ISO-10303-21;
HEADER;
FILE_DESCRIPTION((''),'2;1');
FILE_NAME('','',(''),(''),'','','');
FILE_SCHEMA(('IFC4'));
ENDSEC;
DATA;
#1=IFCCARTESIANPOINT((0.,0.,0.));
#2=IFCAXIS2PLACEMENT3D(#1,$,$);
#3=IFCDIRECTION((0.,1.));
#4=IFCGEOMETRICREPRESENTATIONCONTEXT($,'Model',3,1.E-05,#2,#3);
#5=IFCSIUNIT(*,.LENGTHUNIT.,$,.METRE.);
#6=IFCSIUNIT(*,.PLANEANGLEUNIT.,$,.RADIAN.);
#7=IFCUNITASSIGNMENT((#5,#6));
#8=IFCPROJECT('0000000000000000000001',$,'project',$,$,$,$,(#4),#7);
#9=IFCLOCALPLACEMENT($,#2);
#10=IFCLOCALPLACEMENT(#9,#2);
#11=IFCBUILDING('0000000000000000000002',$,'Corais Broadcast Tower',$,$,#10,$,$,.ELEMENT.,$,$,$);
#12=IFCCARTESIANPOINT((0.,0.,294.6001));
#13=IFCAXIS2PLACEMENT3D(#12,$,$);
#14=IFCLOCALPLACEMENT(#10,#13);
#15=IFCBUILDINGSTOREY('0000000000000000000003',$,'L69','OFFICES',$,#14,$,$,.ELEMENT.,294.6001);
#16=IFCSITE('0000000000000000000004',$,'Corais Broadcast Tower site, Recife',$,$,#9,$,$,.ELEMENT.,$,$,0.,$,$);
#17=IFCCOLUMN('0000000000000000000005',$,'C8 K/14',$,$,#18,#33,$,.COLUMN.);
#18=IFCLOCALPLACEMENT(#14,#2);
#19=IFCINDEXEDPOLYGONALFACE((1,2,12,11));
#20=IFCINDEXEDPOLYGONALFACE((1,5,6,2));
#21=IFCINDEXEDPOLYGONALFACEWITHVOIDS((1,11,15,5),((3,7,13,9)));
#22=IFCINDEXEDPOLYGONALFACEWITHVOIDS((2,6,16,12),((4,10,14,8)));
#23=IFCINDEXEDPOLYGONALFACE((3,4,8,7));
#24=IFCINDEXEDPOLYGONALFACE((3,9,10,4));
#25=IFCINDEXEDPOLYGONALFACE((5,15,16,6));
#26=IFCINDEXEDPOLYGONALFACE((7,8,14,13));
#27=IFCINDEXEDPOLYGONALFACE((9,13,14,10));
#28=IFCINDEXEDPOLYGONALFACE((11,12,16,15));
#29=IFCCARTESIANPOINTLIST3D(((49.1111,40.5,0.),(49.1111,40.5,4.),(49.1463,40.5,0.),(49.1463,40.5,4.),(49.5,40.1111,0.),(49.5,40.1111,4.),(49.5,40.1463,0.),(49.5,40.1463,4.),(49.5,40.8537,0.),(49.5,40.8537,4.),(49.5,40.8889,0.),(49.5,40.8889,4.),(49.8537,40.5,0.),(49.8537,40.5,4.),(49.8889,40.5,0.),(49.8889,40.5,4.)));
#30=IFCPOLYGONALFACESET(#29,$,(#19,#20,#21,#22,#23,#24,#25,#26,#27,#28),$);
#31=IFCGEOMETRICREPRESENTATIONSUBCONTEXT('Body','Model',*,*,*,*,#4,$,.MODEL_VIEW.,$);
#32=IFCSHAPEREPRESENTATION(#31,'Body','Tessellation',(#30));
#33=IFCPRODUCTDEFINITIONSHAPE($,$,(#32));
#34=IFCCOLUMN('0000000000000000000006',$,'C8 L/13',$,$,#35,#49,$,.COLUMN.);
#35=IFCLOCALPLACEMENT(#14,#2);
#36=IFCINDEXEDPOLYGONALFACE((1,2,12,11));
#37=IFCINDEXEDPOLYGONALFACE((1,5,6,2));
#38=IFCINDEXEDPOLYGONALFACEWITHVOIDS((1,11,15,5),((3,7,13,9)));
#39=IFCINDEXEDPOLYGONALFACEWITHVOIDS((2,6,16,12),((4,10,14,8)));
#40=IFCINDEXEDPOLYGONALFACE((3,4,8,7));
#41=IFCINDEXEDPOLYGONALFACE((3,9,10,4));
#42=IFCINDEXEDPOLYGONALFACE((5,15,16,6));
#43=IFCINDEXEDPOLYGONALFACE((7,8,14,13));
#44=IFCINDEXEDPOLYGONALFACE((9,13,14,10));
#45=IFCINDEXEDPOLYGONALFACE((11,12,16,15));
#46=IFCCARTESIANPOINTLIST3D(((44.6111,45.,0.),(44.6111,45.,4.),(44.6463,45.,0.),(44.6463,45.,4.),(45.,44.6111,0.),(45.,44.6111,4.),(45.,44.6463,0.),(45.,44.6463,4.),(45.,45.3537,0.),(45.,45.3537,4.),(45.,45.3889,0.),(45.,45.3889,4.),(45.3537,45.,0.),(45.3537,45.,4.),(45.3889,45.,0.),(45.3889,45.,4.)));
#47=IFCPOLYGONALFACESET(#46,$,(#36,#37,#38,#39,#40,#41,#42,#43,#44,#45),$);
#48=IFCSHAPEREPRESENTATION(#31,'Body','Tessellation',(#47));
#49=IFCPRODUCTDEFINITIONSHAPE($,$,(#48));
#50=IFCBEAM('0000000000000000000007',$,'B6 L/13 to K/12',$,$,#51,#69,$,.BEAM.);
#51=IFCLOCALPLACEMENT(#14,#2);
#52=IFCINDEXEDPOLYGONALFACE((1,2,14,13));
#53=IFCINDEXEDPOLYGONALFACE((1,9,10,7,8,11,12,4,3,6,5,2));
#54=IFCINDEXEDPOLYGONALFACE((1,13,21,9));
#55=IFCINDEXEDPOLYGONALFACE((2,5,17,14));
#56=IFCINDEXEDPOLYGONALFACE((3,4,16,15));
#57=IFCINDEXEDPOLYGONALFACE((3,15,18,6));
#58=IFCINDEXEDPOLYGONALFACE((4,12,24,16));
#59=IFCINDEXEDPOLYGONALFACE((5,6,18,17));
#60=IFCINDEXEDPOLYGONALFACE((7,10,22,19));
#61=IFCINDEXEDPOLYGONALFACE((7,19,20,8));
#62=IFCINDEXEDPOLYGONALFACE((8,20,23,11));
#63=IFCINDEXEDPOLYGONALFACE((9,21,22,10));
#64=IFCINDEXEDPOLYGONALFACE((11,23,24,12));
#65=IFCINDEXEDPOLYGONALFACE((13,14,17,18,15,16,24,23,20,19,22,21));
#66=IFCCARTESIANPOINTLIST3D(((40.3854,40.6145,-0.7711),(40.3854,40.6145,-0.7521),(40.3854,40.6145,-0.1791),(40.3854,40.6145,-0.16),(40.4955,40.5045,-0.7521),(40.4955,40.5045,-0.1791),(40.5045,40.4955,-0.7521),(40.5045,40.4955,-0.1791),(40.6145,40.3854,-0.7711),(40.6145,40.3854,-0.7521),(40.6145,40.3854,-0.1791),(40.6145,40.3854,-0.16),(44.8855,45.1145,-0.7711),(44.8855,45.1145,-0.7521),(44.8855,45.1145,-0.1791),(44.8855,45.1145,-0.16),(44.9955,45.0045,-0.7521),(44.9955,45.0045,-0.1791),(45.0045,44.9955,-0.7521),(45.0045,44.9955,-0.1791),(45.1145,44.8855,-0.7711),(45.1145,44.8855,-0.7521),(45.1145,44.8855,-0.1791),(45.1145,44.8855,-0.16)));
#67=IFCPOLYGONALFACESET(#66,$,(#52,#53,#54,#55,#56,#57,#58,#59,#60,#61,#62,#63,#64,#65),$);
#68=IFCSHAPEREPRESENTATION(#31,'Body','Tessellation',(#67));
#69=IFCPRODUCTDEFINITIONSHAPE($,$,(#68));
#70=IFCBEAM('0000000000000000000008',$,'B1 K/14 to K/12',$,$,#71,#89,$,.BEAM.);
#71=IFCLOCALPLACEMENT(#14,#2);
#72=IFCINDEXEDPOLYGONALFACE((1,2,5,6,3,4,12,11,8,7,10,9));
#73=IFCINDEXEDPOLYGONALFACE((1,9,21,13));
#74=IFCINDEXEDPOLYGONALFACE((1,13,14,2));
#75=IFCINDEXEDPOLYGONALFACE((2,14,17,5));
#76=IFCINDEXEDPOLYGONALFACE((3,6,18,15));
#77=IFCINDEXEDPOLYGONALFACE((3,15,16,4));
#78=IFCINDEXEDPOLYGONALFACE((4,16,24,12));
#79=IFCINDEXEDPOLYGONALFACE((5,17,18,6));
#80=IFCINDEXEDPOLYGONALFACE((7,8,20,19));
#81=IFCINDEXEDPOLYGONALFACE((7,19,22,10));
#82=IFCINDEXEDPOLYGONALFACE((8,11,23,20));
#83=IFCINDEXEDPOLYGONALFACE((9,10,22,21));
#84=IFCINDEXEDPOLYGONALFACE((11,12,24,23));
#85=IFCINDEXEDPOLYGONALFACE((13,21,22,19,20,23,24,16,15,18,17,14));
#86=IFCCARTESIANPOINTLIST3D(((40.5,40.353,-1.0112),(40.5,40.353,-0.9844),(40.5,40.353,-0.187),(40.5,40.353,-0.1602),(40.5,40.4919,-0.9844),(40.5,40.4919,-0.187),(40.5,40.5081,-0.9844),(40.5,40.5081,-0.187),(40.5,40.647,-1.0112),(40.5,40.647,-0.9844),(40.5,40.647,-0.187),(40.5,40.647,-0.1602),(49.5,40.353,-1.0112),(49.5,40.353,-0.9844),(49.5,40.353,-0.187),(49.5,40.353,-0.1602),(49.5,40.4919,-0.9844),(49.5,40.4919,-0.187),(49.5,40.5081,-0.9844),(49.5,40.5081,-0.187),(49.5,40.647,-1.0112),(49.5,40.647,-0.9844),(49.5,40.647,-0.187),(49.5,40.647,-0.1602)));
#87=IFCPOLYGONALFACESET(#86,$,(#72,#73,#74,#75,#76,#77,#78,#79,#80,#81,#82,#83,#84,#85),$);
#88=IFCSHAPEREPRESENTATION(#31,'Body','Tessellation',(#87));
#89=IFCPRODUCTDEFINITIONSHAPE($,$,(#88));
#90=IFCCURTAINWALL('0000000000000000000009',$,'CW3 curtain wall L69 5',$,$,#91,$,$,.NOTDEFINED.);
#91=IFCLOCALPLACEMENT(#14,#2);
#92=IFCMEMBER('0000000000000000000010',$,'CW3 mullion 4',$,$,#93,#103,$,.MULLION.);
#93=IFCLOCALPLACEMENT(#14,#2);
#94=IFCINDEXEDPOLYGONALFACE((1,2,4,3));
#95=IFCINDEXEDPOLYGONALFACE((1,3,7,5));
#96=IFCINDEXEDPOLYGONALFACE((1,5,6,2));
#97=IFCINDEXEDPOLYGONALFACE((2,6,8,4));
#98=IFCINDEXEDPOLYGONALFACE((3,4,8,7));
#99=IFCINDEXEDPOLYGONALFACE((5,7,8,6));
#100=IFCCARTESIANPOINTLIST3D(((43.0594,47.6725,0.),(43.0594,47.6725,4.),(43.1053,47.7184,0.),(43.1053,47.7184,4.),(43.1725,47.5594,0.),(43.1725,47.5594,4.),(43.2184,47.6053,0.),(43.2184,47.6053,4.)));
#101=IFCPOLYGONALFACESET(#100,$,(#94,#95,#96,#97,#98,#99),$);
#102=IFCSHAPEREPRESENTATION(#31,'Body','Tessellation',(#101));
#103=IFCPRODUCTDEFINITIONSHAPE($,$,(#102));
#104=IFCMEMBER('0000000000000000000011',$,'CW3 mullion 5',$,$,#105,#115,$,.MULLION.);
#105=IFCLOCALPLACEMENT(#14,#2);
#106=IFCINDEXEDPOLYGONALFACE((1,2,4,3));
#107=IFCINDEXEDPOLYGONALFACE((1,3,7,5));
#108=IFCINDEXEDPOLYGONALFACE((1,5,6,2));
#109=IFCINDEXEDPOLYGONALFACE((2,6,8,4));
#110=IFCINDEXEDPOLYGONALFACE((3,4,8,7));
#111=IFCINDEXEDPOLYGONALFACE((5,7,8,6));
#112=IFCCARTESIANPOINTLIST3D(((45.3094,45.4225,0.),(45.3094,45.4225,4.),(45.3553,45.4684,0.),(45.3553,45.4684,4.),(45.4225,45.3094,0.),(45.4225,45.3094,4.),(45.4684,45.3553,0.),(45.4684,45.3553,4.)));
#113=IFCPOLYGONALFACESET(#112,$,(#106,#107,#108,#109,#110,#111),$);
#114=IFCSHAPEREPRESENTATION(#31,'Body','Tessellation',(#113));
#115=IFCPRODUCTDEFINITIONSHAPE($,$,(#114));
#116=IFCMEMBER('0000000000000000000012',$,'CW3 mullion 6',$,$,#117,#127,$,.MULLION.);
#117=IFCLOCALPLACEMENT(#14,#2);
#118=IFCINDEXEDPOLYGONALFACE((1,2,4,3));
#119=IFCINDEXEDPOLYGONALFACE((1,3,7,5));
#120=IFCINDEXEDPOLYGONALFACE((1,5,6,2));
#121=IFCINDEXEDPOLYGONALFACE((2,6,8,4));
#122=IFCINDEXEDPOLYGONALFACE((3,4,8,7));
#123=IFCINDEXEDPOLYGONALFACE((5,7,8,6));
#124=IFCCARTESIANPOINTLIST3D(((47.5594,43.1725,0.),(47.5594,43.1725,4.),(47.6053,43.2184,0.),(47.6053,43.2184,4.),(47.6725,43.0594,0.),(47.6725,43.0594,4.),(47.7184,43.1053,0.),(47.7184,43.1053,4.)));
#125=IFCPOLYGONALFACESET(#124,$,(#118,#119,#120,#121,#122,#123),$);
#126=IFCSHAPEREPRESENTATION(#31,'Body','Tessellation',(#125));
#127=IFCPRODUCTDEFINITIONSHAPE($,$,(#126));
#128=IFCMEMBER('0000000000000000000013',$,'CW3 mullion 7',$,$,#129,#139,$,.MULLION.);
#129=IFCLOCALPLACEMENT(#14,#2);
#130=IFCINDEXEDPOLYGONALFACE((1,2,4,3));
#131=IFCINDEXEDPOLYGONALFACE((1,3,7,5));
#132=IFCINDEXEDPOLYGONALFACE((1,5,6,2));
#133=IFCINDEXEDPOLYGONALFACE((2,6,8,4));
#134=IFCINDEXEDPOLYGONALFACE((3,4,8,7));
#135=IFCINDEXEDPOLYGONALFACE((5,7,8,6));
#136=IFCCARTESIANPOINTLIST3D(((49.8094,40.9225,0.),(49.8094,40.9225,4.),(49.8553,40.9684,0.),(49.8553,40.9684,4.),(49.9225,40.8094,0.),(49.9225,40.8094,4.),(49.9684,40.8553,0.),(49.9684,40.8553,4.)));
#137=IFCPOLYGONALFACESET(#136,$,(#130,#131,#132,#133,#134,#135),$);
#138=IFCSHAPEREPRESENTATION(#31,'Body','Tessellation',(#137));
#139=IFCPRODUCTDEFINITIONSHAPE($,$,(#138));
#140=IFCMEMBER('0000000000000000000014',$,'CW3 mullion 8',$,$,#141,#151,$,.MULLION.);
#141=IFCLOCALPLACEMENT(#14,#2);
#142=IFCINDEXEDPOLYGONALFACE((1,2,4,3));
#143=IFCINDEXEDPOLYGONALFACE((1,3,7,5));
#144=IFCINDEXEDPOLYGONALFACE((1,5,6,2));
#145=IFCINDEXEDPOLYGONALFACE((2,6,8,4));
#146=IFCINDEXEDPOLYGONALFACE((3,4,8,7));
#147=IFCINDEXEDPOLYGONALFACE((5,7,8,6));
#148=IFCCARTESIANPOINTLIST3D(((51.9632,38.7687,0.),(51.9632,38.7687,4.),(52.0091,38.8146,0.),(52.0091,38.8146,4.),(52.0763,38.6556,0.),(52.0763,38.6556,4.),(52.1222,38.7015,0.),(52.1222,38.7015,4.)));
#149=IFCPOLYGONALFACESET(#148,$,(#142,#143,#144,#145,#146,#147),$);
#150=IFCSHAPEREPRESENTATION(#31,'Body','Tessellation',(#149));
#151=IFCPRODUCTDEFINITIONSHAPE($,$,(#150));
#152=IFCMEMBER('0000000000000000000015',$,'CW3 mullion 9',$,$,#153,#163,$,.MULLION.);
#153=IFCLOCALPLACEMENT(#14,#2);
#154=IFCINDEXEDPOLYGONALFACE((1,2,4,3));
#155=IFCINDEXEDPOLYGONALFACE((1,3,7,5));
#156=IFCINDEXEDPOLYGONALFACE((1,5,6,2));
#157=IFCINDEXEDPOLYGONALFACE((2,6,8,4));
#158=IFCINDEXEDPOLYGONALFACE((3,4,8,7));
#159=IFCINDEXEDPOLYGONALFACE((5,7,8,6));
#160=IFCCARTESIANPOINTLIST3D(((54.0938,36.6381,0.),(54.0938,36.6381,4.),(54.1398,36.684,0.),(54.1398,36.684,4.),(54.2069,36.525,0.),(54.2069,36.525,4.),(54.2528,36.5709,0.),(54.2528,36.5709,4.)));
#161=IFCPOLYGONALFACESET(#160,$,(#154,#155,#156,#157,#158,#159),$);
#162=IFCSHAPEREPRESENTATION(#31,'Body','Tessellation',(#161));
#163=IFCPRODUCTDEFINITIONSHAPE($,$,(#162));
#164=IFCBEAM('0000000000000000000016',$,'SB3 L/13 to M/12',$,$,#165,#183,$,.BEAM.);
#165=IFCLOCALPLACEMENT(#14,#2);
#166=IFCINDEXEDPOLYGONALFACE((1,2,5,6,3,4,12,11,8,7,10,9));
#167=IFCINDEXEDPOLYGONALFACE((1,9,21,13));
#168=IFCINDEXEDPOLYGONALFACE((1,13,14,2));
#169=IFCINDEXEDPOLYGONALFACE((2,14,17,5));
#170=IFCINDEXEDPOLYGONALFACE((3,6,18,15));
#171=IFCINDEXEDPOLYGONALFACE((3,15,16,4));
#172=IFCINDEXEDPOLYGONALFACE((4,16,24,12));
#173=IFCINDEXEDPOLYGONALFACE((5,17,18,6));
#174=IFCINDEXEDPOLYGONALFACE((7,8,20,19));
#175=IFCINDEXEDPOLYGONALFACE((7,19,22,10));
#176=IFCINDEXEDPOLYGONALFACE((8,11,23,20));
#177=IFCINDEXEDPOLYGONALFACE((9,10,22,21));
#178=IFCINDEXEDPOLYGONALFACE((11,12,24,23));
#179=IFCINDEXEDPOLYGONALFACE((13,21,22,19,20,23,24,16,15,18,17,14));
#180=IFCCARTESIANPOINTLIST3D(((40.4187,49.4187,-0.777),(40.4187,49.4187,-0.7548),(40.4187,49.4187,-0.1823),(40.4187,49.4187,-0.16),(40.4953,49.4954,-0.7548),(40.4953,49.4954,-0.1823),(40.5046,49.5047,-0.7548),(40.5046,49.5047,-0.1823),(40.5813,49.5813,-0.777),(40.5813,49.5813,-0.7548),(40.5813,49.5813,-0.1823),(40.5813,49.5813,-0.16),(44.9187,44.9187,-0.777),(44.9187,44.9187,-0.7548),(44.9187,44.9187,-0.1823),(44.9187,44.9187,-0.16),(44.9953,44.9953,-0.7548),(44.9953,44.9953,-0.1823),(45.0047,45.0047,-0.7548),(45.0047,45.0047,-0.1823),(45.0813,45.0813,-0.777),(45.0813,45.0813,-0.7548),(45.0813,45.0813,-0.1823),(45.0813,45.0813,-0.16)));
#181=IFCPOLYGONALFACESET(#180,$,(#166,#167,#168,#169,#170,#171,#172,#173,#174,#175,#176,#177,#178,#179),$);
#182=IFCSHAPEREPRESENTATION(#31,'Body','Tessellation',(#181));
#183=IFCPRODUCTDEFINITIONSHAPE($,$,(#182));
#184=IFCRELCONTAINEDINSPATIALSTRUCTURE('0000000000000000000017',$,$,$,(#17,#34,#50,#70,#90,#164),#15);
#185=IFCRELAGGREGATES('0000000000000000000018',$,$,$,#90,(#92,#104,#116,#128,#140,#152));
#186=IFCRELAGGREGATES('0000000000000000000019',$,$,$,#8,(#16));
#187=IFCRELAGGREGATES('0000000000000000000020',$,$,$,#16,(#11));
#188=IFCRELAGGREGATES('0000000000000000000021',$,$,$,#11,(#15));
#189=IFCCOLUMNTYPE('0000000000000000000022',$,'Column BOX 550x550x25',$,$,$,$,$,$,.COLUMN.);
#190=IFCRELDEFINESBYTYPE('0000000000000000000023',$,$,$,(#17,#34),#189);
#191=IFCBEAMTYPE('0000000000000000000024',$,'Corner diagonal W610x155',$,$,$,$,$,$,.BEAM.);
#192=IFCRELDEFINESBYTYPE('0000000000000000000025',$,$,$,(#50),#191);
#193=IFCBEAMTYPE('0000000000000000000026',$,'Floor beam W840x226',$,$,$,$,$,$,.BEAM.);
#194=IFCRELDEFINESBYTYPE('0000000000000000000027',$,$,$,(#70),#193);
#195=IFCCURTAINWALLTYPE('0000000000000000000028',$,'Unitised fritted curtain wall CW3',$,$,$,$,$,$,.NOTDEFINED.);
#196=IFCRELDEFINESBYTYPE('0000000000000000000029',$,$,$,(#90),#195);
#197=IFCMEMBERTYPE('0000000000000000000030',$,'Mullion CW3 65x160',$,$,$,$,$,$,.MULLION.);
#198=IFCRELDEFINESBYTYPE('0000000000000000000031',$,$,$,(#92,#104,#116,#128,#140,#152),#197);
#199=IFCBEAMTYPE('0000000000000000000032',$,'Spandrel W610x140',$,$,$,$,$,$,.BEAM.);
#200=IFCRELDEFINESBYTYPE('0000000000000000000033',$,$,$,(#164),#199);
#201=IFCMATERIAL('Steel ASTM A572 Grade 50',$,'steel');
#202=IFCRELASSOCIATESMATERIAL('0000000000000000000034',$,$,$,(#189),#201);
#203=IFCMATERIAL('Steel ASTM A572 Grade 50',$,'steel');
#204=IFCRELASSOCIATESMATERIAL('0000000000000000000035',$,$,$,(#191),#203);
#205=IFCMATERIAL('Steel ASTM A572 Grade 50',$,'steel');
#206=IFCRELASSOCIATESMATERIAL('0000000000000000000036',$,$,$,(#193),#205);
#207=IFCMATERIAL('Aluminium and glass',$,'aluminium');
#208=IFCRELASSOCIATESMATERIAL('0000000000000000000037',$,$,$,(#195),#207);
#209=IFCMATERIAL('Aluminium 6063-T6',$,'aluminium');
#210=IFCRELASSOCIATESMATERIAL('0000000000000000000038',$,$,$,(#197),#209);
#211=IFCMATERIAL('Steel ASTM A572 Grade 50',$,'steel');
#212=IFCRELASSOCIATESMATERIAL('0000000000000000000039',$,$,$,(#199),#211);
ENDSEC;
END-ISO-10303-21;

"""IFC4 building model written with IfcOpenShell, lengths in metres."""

from ifc_helpers import new_model, si_unit, direction, frame, origin, origin_2d, place, context, subcontext, project, spatial, rectangle, hollow_rectangle, i_section, extrude, material, material_profile, profile_set, type_object, element, aggregate, save


model = new_model("IFC4")

# Units and contexts
model_context = context("Model", 3, precision=1e-05, world=origin(), true_north=direction((0.0, 1.0)))
body_context = subcontext(model_context, "Body", "Model", "MODEL_VIEW")
ifc_project = project(units=[si_unit("LENGTHUNIT", "METRE"), si_unit("PLANEANGLEUNIT", "RADIAN")], contexts=[model_context])

# Site, building, storey
site_placement = place(None, origin())
site = spatial("IfcSite", under=ifc_project, at=site_placement, Name="Corais Broadcast Tower site, Recife", CompositionType="ELEMENT", RefElevation=0.0)
building_placement = place(site_placement, origin())
building = spatial("IfcBuilding", under=site, at=building_placement, Name="Corais Broadcast Tower", CompositionType="ELEMENT")
storey_placement = place(building_placement, frame((0.0, 0.0, 294.6001)))
storey = spatial("IfcBuildingStorey", under=building, at=storey_placement, Name="L69", Description="OFFICES", CompositionType="ELEMENT", Elevation=294.6001)

# Columns
ifc_material_1 = material(Name="Steel ASTM A572 Grade 50", Category="steel")
ifc_material_profile_1 = material_profile(ifc_material_1, hollow_rectangle(XDim=0.55, YDim=0.55, WallThickness=0.0249, at=origin_2d()), Name="BOX 550x550x25")
ifc_profile_set_1 = profile_set([ifc_material_profile_1], Name="Steel ASTM A572 Grade 50")
column_type = type_object("IfcColumnType", Name="Column BOX 550x550x25", PredefinedType="COLUMN", material=ifc_profile_set_1)
for number, where, z_axis, x_axis, name in (
    (1, (49.5, 40.5, 0.0), (0.0, 0.0, 1.0), (0.707107, 0.707107, 0.0), "C8 K/14"),
    (2, (45.0, 45.0, 0.0), (0.0, 0.0, 1.0), (0.707107, 0.707107, 0.0), "C8 L/13"),
):
    element("IfcColumn", number, at=place(storey_placement, frame(where, z_axis=z_axis, x_axis=x_axis)), inside=storey, type_object=column_type, Name=name, PredefinedType="COLUMN", context=body_context, shape_type="SweptSolid", body=[
        extrude(hollow_rectangle(XDim=0.55, YDim=0.55, WallThickness=0.0249, at=origin_2d()), origin(), (0.0, 0.0, 1.0), 4.0),
    ])

# Beams
ifc_material_2 = material(Name="Steel ASTM A572 Grade 50", Category="steel")
ifc_material_profile_2 = material_profile(ifc_material_2, i_section(OverallWidth=0.324, OverallDepth=0.6111, WebThickness=0.0127, FlangeThickness=0.019, at=origin_2d()), Name="W610x155")
ifc_profile_set_2 = profile_set([ifc_material_profile_2], Name="Steel ASTM A572 Grade 50")
beam_type_1 = type_object("IfcBeamType", Name="Corner diagonal W610x155", PredefinedType="BEAM", material=ifc_profile_set_2)
beam_1_placement = place(storey_placement, frame((45.0, 45.0, -0.4656), z_axis=(-0.707107, -0.707107, 0.0), x_axis=(0.707107, -0.707107, 0.0)))
element("IfcBeam", 3, at=beam_1_placement, inside=storey, type_object=beam_type_1, Name="B6 L/13 to K/12", PredefinedType="BEAM", context=body_context, shape_type="SweptSolid", body=[
    extrude(i_section(OverallWidth=0.324, OverallDepth=0.6111, WebThickness=0.0127, FlangeThickness=0.019, at=origin_2d()), origin(), (0.0, 0.0, 1.0), 6.364),
])
ifc_material_3 = material(Name="Steel ASTM A572 Grade 50", Category="steel")
ifc_material_profile_3 = material_profile(ifc_material_3, i_section(OverallWidth=0.2939, OverallDepth=0.8511, WebThickness=0.0161, FlangeThickness=0.0269, at=origin_2d()), Name="W840x226")
ifc_profile_set_3 = profile_set([ifc_material_profile_3], Name="Steel ASTM A572 Grade 50")
beam_type_2 = type_object("IfcBeamType", Name="Floor beam W840x226", PredefinedType="BEAM", material=ifc_profile_set_3)
beam_2_placement = place(storey_placement, frame((49.5, 40.5, -0.5857), z_axis=(-1.0, 0.0, 0.0), x_axis=(0.0, -1.0, 0.0)))
element("IfcBeam", 4, at=beam_2_placement, inside=storey, type_object=beam_type_2, Name="B1 K/14 to K/12", PredefinedType="BEAM", context=body_context, shape_type="SweptSolid", body=[
    extrude(i_section(OverallWidth=0.2939, OverallDepth=0.8511, WebThickness=0.0161, FlangeThickness=0.0269, at=origin_2d()), origin(), (0.0, 0.0, 1.0), 9.0),
])

# Curtain wall, members
ifc_material_4 = material(Name="Aluminium and glass", Category="aluminium")
curtain_wall_type = type_object("IfcCurtainWallType", Name="Unitised fritted curtain wall CW3", PredefinedType="NOTDEFINED", material=ifc_material_4)
curtain_wall_placement = place(storey_placement, origin())
curtain_wall = element("IfcCurtainWall", 5, at=curtain_wall_placement, inside=storey, type_object=curtain_wall_type, Name="CW3 curtain wall L69 5", PredefinedType="NOTDEFINED")
ifc_material_5 = material(Name="Aluminium 6063-T6", Category="aluminium")
ifc_material_profile_4 = material_profile(ifc_material_5, rectangle(XDim=0.0649, YDim=0.1599, at=origin_2d()), Name="Mullion CW3 65x160")
ifc_profile_set_4 = profile_set([ifc_material_profile_4], Name="Aluminium 6063-T6")
member_type_1 = type_object("IfcMemberType", Name="Mullion CW3 65x160", PredefinedType="MULLION", material=ifc_profile_set_4)
member_1_placement = place(storey_placement, frame((43.1389, 47.6389, 0.0), z_axis=(0.0, 0.0, 1.0), x_axis=(0.707107, 0.707107, 0.0)))
member_1 = element("IfcMember", 6, at=member_1_placement, type_object=member_type_1, Name="CW3 mullion 4", PredefinedType="MULLION", context=body_context, shape_type="SweptSolid", body=[
    extrude(rectangle(XDim=0.0649, YDim=0.1599, at=origin_2d()), origin(), (0.0, 0.0, 1.0), 4.0),
])
member_2_placement = place(storey_placement, frame((45.3889, 45.3889, 0.0), z_axis=(0.0, 0.0, 1.0), x_axis=(0.707107, 0.707107, 0.0)))
member_2 = element("IfcMember", 7, at=member_2_placement, type_object=member_type_1, Name="CW3 mullion 5", PredefinedType="MULLION", context=body_context, shape_type="SweptSolid", body=[
    extrude(rectangle(XDim=0.0649, YDim=0.1599, at=origin_2d()), origin(), (0.0, 0.0, 1.0), 4.0),
])
member_3_placement = place(storey_placement, frame((47.6389, 43.1389, 0.0), z_axis=(0.0, 0.0, 1.0), x_axis=(0.707107, 0.707107, 0.0)))
member_3 = element("IfcMember", 8, at=member_3_placement, type_object=member_type_1, Name="CW3 mullion 6", PredefinedType="MULLION", context=body_context, shape_type="SweptSolid", body=[
    extrude(rectangle(XDim=0.0649, YDim=0.1599, at=origin_2d()), origin(), (0.0, 0.0, 1.0), 4.0),
])
member_4_placement = place(storey_placement, frame((49.8889, 40.8889, 0.0), z_axis=(0.0, 0.0, 1.0), x_axis=(0.707107, 0.707107, 0.0)))
member_4 = element("IfcMember", 9, at=member_4_placement, type_object=member_type_1, Name="CW3 mullion 7", PredefinedType="MULLION", context=body_context, shape_type="SweptSolid", body=[
    extrude(rectangle(XDim=0.0649, YDim=0.1599, at=origin_2d()), origin(), (0.0, 0.0, 1.0), 4.0),
])
member_5_placement = place(storey_placement, frame((52.0427, 38.7351, 0.0), z_axis=(0.0, 0.0, 1.0), x_axis=(0.707107, 0.707107, 0.0)))
member_5 = element("IfcMember", 10, at=member_5_placement, type_object=member_type_1, Name="CW3 mullion 8", PredefinedType="MULLION", context=body_context, shape_type="SweptSolid", body=[
    extrude(rectangle(XDim=0.0649, YDim=0.1599, at=origin_2d()), origin(), (0.0, 0.0, 1.0), 4.0),
])
member_6_placement = place(storey_placement, frame((54.1733, 36.6045, 0.0), z_axis=(0.0, 0.0, 1.0), x_axis=(0.707107, 0.707107, 0.0)))
member_6 = element("IfcMember", 11, at=member_6_placement, type_object=member_type_1, Name="CW3 mullion 9", PredefinedType="MULLION", context=body_context, shape_type="SweptSolid", body=[
    extrude(rectangle(XDim=0.0649, YDim=0.1599, at=origin_2d()), origin(), (0.0, 0.0, 1.0), 4.0),
])

# Beam
ifc_material_6 = material(Name="Steel ASTM A572 Grade 50", Category="steel")
ifc_material_profile_5 = material_profile(ifc_material_6, i_section(OverallWidth=0.23, OverallDepth=0.6169, WebThickness=0.0132, FlangeThickness=0.0222, at=origin_2d()), Name="W610x140")
ifc_profile_set_5 = profile_set([ifc_material_profile_5], Name="Steel ASTM A572 Grade 50")
beam_type_3 = type_object("IfcBeamType", Name="Spandrel W610x140", PredefinedType="BEAM", material=ifc_profile_set_5)
for number, where, z_axis, x_axis, name in (
    (12, (45.0, 45.0, -0.4685), (-0.707107, 0.707107, 0.0), (-0.707107, -0.707107, 0.0), "SB3 L/13 to M/12"),
):
    element("IfcBeam", number, at=place(storey_placement, frame(where, z_axis=z_axis, x_axis=x_axis)), inside=storey, type_object=beam_type_3, Name=name, PredefinedType="BEAM", context=body_context, shape_type="SweptSolid", body=[
        extrude(i_section(OverallWidth=0.23, OverallDepth=0.6169, WebThickness=0.0132, FlangeThickness=0.0222, at=origin_2d()), origin(), (0.0, 0.0, 1.0), 6.364),
    ])

aggregate(curtain_wall, [member_1, member_2, member_3, member_4, member_5, member_6])

save(model, "model.ifc")
